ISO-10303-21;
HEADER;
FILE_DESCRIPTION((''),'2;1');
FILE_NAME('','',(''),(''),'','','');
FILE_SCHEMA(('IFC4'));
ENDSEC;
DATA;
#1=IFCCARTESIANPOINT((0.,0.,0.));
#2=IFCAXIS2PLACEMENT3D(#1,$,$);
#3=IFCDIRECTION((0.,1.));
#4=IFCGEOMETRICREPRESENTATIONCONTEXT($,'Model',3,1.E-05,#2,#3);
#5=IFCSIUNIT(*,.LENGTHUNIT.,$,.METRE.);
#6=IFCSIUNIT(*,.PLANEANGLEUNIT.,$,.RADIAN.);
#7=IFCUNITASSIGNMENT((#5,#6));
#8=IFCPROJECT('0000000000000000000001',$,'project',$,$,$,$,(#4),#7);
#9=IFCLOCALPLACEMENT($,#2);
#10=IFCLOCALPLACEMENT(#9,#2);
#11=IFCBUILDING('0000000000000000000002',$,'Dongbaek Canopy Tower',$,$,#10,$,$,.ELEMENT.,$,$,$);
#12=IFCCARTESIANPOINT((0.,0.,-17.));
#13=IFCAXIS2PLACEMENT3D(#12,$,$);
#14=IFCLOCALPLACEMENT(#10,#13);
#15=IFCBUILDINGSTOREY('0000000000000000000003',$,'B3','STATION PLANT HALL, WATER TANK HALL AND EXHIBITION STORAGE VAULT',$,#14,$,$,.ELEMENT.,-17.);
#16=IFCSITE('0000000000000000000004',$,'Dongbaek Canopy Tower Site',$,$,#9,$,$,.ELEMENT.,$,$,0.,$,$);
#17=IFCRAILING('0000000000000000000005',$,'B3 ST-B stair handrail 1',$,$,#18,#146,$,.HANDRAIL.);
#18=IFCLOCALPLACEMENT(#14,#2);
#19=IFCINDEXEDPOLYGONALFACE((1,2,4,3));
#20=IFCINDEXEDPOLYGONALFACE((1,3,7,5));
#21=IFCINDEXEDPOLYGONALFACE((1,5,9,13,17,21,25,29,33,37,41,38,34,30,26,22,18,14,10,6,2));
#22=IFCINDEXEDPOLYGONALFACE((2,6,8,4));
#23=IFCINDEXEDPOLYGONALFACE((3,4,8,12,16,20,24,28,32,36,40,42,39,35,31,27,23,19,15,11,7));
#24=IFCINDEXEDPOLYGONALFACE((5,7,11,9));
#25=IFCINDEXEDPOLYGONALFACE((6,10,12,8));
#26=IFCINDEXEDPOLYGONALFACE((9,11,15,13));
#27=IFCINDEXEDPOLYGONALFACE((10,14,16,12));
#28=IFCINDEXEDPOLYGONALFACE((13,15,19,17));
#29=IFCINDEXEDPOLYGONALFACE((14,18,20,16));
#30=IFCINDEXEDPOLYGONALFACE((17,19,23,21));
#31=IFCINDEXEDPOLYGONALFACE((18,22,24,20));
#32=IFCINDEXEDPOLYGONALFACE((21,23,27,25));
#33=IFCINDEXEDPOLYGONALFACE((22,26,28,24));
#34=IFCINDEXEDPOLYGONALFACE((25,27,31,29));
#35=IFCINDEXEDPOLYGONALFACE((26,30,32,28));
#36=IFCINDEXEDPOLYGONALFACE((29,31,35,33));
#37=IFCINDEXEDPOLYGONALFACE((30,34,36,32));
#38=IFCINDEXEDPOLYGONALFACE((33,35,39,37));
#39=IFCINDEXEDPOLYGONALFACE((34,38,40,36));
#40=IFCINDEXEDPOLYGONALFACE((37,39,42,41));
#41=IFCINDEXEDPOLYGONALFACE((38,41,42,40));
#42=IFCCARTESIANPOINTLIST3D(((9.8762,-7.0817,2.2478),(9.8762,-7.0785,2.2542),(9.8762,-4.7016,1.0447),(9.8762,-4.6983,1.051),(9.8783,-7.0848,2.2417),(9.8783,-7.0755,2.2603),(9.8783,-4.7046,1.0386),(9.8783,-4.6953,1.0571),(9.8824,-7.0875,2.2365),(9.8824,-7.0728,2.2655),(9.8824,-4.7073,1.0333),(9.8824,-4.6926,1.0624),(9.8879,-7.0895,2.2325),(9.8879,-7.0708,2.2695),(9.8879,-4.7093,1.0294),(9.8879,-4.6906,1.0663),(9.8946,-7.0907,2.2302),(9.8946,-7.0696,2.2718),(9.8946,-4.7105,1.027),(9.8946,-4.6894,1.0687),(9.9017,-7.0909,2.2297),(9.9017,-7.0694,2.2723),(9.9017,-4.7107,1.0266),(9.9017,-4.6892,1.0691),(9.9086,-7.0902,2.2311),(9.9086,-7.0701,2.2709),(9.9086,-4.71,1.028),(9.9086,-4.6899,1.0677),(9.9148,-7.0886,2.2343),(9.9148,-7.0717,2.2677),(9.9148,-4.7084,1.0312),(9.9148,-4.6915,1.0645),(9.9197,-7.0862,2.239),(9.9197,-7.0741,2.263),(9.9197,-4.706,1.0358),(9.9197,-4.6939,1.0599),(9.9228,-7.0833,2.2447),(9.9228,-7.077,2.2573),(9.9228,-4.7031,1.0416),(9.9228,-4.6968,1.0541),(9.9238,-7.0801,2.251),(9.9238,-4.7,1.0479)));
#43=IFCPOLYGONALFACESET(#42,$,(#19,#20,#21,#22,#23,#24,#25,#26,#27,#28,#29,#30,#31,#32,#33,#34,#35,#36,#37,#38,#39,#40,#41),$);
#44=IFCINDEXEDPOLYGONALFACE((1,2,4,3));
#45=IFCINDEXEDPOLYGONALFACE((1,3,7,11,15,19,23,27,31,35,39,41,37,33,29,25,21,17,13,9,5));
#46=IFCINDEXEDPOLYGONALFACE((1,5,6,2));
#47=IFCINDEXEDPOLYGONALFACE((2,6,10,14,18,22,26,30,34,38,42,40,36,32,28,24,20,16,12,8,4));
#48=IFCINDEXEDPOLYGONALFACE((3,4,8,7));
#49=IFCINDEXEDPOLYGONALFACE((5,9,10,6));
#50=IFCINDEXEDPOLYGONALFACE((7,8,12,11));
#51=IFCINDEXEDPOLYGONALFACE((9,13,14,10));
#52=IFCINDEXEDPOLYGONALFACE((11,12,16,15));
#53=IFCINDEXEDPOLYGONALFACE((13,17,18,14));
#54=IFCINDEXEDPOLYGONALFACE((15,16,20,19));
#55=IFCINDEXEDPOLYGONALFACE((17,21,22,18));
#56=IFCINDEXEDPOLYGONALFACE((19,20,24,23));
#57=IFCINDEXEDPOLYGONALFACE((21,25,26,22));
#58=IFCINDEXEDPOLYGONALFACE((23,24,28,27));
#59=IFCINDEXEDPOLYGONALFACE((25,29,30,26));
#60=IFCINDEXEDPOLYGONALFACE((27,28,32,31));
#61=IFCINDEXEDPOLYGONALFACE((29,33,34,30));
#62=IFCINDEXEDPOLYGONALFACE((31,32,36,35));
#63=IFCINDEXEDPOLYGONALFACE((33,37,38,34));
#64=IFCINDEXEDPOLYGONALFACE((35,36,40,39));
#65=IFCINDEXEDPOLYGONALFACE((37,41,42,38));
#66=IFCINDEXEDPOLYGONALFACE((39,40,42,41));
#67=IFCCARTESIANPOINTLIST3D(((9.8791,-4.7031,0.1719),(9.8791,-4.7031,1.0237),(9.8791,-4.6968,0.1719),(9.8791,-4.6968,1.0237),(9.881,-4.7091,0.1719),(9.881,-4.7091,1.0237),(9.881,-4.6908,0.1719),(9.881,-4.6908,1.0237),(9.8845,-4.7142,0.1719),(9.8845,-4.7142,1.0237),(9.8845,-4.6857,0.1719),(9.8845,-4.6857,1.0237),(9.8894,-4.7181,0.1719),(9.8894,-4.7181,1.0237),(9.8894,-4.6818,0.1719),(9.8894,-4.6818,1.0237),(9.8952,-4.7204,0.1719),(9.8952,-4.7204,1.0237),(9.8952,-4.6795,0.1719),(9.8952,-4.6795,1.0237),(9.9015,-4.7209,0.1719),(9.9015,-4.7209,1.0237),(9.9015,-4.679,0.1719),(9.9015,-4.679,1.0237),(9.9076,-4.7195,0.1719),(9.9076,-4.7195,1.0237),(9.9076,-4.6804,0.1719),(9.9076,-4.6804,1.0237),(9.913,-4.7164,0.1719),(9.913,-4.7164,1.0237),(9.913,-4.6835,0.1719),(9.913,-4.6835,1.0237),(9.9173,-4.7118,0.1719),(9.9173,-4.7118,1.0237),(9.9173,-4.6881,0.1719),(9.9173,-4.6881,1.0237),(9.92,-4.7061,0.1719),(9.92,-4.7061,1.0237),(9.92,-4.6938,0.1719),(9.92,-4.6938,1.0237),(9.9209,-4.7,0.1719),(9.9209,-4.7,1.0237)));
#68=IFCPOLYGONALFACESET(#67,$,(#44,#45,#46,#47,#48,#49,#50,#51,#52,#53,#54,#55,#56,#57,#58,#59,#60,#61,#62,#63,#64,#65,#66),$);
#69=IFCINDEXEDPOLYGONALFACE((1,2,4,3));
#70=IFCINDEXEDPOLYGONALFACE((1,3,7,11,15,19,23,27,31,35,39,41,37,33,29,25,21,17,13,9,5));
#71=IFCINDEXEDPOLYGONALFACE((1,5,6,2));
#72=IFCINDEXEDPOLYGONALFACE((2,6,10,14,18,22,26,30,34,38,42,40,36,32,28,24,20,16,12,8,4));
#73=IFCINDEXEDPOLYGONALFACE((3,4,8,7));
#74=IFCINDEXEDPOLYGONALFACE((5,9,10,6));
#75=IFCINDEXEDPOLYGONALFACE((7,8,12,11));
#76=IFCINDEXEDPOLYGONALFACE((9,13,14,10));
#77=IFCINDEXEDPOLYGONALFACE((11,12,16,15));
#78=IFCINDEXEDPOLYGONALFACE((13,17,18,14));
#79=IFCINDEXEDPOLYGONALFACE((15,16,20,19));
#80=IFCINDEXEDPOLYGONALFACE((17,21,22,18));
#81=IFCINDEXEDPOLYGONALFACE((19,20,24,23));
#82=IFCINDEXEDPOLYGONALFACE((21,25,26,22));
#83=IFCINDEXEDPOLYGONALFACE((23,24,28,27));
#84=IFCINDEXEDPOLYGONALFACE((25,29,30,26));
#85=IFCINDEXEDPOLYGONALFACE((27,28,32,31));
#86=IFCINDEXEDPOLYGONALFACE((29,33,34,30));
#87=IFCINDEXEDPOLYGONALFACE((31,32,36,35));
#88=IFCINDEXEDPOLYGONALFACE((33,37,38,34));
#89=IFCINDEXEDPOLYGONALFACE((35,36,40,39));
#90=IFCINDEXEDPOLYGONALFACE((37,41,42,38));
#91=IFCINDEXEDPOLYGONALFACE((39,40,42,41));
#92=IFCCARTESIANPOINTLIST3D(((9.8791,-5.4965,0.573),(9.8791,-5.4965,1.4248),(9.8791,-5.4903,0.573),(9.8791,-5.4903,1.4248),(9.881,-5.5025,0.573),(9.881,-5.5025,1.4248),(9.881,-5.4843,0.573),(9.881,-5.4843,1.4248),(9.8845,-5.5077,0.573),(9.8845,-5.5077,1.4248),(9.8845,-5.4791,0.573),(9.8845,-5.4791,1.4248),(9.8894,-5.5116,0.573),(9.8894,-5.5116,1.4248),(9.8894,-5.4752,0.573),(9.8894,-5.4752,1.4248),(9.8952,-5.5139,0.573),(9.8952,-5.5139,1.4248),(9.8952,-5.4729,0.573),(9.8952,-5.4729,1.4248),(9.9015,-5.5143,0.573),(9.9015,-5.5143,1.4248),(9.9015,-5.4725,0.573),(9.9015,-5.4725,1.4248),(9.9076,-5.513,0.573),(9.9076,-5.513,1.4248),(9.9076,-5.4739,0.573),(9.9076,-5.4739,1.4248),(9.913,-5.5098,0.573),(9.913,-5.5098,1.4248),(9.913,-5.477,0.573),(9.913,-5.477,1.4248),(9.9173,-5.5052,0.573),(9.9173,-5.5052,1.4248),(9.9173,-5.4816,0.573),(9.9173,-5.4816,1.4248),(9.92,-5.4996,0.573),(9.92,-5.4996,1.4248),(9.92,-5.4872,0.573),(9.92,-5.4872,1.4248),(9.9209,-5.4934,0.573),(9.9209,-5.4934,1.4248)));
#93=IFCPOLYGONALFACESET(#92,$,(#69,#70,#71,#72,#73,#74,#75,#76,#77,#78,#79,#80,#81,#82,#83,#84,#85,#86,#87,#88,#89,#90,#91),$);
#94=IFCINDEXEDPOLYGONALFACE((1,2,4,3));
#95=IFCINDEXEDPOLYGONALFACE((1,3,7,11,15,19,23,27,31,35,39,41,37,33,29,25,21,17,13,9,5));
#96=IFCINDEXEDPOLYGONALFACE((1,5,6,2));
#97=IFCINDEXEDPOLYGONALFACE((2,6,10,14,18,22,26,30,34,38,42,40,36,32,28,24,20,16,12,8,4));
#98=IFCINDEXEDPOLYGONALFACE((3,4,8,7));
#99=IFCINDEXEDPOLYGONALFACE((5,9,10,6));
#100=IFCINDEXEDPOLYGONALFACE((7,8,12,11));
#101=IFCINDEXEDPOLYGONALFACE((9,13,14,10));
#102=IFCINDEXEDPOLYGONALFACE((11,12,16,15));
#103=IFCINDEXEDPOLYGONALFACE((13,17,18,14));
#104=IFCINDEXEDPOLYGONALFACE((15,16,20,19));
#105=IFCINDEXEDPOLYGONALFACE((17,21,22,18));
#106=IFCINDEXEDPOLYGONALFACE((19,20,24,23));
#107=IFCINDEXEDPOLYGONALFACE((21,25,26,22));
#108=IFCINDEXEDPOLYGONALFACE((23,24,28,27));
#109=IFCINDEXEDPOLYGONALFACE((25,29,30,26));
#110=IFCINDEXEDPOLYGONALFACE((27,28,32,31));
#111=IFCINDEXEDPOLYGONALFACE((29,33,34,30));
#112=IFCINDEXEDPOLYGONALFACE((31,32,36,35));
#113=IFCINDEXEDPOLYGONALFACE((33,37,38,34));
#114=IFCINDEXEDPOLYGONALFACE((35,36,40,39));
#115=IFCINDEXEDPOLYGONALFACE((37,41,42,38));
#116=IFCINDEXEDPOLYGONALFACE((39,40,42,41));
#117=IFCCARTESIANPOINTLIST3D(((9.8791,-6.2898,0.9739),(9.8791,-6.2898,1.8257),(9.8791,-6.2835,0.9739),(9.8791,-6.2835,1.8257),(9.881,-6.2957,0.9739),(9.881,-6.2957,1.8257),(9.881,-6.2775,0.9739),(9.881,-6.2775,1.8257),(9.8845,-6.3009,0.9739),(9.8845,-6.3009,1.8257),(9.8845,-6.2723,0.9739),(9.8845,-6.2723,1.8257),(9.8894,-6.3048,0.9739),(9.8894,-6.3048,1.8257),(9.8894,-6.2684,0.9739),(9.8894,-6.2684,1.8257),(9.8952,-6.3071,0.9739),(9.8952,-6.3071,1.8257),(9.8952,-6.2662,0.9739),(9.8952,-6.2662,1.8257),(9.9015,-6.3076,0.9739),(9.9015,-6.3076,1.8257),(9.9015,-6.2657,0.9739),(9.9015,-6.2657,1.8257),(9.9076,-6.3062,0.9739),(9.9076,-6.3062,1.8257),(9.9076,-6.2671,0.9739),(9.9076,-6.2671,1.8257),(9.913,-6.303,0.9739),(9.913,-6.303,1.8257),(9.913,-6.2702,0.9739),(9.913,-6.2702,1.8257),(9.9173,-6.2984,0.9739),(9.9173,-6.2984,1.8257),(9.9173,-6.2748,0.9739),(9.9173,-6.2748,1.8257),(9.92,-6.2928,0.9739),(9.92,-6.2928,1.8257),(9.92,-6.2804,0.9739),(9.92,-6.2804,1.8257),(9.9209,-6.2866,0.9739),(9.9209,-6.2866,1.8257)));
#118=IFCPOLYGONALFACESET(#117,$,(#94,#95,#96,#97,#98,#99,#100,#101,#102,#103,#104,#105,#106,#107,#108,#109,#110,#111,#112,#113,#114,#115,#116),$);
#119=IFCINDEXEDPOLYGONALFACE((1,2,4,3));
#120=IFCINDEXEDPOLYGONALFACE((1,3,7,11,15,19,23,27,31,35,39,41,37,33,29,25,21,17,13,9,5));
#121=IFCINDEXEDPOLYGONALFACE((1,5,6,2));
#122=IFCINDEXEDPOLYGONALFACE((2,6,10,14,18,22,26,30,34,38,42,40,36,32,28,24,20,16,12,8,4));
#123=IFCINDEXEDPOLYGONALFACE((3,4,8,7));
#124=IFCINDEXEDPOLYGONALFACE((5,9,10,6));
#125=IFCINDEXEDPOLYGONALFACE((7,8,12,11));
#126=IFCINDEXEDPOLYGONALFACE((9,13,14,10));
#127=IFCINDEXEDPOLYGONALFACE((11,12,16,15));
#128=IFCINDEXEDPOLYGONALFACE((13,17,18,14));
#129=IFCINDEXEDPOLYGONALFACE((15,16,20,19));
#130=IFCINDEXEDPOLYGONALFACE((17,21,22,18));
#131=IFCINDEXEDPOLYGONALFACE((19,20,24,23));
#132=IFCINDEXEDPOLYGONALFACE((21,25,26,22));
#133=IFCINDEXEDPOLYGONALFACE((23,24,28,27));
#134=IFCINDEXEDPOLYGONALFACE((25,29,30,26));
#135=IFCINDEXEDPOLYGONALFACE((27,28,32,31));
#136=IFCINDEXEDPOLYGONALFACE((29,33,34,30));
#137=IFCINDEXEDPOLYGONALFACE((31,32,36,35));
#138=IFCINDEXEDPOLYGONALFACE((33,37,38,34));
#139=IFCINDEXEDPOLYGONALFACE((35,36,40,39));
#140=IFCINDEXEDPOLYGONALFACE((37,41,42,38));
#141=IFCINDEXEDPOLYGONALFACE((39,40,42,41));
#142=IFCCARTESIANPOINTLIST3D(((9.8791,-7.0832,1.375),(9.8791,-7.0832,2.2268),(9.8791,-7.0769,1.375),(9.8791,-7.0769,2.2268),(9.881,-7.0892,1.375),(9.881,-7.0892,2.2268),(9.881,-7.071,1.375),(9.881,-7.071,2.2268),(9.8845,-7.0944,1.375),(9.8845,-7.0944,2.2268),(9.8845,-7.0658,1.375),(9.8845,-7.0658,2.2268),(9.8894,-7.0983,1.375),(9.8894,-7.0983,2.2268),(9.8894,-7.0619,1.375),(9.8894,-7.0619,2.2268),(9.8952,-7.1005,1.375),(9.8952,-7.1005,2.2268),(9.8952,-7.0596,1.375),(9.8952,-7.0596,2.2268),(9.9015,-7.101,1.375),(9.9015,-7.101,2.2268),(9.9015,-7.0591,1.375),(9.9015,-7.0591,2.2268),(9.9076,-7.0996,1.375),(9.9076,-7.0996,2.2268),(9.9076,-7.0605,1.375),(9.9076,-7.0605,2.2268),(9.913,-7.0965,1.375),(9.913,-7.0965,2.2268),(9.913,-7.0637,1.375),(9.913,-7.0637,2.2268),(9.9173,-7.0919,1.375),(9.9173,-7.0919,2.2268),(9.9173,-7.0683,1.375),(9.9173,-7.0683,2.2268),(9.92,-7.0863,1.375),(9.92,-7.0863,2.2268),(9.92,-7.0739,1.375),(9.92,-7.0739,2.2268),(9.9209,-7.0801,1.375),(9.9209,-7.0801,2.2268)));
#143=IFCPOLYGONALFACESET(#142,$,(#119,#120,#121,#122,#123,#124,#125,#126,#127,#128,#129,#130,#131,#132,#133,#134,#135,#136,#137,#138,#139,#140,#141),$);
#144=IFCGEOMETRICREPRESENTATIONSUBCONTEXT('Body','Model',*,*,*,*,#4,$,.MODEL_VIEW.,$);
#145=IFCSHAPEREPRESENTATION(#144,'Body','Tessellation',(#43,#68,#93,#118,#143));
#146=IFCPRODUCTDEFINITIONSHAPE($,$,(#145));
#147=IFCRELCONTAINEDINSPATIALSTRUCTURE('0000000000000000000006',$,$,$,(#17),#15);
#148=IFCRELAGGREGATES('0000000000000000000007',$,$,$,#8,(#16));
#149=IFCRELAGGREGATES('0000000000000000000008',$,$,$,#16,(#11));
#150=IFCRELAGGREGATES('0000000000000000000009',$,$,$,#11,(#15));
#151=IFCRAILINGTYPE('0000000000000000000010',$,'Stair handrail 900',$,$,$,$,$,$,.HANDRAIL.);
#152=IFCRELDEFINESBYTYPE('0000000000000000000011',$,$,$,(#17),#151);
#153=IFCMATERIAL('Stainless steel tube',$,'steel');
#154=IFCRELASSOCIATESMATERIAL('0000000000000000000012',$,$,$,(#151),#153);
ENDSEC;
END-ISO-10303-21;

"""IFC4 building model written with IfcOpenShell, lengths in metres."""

from ifc_helpers import new_model, si_unit, direction, frame, origin, origin_2d, place, context, subcontext, project, spatial, circle, extrude, material, type_object, element, save


model = new_model("IFC4")

# Units and contexts
model_context = context("Model", 3, precision=1e-05, world=origin(), true_north=direction((0.0, 1.0)))
body_context = subcontext(model_context, "Body", "Model", "MODEL_VIEW")
ifc_project = project(units=[si_unit("LENGTHUNIT", "METRE"), si_unit("PLANEANGLEUNIT", "RADIAN")], contexts=[model_context])

# Site, building, storey
site_placement = place(None, origin())
site = spatial("IfcSite", under=ifc_project, at=site_placement, Name="Dongbaek Canopy Tower Site", CompositionType="ELEMENT", RefElevation=0.0)
building_placement = place(site_placement, origin())
building = spatial("IfcBuilding", under=site, at=building_placement, Name="Dongbaek Canopy Tower", CompositionType="ELEMENT")
storey_placement = place(building_placement, frame((0.0, 0.0, -17.0)))
storey = spatial("IfcBuildingStorey", under=building, at=storey_placement, Name="B3", Description="STATION PLANT HALL, WATER TANK HALL AND EXHIBITION STORAGE VAULT", CompositionType="ELEMENT", Elevation=-17.0)

# Railing
ifc_material_1 = material(Name="Stainless steel tube", Category="steel")
railing_type = type_object("IfcRailingType", Name="Stair handrail 900", PredefinedType="HANDRAIL", material=ifc_material_1)
for number, where, name in (
    (1, (9.8999, -4.7, 0.1719), "B3 ST-B stair handrail 1"),
):
    element("IfcRailing", number, at=place(storey_placement, frame(where)), inside=storey, type_object=railing_type, Name=name, PredefinedType="HANDRAIL", context=body_context, shape_type="SweptSolid", body=[
        extrude(circle(Radius=0.0239, at=origin_2d()), frame((0.0, 0.0, 0.876), z_axis=(0.0, -0.89246, 0.451127), x_axis=(1.0, 0.0, 0.0)), (0.0, 0.0, 1.0), 2.667),
        extrude(circle(Radius=0.021, at=origin_2d()), origin(), (0.0, 0.0, 1.0), 0.8518),
        extrude(circle(Radius=0.021, at=origin_2d()), frame((0.0, -0.7935, 0.4011)), (0.0, 0.0, 1.0), 0.8518),
        extrude(circle(Radius=0.021, at=origin_2d()), frame((0.0, -1.5867, 0.802)), (0.0, 0.0, 1.0), 0.8518),
        extrude(circle(Radius=0.021, at=origin_2d()), frame((0.0, -2.3801, 1.2031)), (0.0, 0.0, 1.0), 0.8518),
    ])

save(model, "model.ifc")
